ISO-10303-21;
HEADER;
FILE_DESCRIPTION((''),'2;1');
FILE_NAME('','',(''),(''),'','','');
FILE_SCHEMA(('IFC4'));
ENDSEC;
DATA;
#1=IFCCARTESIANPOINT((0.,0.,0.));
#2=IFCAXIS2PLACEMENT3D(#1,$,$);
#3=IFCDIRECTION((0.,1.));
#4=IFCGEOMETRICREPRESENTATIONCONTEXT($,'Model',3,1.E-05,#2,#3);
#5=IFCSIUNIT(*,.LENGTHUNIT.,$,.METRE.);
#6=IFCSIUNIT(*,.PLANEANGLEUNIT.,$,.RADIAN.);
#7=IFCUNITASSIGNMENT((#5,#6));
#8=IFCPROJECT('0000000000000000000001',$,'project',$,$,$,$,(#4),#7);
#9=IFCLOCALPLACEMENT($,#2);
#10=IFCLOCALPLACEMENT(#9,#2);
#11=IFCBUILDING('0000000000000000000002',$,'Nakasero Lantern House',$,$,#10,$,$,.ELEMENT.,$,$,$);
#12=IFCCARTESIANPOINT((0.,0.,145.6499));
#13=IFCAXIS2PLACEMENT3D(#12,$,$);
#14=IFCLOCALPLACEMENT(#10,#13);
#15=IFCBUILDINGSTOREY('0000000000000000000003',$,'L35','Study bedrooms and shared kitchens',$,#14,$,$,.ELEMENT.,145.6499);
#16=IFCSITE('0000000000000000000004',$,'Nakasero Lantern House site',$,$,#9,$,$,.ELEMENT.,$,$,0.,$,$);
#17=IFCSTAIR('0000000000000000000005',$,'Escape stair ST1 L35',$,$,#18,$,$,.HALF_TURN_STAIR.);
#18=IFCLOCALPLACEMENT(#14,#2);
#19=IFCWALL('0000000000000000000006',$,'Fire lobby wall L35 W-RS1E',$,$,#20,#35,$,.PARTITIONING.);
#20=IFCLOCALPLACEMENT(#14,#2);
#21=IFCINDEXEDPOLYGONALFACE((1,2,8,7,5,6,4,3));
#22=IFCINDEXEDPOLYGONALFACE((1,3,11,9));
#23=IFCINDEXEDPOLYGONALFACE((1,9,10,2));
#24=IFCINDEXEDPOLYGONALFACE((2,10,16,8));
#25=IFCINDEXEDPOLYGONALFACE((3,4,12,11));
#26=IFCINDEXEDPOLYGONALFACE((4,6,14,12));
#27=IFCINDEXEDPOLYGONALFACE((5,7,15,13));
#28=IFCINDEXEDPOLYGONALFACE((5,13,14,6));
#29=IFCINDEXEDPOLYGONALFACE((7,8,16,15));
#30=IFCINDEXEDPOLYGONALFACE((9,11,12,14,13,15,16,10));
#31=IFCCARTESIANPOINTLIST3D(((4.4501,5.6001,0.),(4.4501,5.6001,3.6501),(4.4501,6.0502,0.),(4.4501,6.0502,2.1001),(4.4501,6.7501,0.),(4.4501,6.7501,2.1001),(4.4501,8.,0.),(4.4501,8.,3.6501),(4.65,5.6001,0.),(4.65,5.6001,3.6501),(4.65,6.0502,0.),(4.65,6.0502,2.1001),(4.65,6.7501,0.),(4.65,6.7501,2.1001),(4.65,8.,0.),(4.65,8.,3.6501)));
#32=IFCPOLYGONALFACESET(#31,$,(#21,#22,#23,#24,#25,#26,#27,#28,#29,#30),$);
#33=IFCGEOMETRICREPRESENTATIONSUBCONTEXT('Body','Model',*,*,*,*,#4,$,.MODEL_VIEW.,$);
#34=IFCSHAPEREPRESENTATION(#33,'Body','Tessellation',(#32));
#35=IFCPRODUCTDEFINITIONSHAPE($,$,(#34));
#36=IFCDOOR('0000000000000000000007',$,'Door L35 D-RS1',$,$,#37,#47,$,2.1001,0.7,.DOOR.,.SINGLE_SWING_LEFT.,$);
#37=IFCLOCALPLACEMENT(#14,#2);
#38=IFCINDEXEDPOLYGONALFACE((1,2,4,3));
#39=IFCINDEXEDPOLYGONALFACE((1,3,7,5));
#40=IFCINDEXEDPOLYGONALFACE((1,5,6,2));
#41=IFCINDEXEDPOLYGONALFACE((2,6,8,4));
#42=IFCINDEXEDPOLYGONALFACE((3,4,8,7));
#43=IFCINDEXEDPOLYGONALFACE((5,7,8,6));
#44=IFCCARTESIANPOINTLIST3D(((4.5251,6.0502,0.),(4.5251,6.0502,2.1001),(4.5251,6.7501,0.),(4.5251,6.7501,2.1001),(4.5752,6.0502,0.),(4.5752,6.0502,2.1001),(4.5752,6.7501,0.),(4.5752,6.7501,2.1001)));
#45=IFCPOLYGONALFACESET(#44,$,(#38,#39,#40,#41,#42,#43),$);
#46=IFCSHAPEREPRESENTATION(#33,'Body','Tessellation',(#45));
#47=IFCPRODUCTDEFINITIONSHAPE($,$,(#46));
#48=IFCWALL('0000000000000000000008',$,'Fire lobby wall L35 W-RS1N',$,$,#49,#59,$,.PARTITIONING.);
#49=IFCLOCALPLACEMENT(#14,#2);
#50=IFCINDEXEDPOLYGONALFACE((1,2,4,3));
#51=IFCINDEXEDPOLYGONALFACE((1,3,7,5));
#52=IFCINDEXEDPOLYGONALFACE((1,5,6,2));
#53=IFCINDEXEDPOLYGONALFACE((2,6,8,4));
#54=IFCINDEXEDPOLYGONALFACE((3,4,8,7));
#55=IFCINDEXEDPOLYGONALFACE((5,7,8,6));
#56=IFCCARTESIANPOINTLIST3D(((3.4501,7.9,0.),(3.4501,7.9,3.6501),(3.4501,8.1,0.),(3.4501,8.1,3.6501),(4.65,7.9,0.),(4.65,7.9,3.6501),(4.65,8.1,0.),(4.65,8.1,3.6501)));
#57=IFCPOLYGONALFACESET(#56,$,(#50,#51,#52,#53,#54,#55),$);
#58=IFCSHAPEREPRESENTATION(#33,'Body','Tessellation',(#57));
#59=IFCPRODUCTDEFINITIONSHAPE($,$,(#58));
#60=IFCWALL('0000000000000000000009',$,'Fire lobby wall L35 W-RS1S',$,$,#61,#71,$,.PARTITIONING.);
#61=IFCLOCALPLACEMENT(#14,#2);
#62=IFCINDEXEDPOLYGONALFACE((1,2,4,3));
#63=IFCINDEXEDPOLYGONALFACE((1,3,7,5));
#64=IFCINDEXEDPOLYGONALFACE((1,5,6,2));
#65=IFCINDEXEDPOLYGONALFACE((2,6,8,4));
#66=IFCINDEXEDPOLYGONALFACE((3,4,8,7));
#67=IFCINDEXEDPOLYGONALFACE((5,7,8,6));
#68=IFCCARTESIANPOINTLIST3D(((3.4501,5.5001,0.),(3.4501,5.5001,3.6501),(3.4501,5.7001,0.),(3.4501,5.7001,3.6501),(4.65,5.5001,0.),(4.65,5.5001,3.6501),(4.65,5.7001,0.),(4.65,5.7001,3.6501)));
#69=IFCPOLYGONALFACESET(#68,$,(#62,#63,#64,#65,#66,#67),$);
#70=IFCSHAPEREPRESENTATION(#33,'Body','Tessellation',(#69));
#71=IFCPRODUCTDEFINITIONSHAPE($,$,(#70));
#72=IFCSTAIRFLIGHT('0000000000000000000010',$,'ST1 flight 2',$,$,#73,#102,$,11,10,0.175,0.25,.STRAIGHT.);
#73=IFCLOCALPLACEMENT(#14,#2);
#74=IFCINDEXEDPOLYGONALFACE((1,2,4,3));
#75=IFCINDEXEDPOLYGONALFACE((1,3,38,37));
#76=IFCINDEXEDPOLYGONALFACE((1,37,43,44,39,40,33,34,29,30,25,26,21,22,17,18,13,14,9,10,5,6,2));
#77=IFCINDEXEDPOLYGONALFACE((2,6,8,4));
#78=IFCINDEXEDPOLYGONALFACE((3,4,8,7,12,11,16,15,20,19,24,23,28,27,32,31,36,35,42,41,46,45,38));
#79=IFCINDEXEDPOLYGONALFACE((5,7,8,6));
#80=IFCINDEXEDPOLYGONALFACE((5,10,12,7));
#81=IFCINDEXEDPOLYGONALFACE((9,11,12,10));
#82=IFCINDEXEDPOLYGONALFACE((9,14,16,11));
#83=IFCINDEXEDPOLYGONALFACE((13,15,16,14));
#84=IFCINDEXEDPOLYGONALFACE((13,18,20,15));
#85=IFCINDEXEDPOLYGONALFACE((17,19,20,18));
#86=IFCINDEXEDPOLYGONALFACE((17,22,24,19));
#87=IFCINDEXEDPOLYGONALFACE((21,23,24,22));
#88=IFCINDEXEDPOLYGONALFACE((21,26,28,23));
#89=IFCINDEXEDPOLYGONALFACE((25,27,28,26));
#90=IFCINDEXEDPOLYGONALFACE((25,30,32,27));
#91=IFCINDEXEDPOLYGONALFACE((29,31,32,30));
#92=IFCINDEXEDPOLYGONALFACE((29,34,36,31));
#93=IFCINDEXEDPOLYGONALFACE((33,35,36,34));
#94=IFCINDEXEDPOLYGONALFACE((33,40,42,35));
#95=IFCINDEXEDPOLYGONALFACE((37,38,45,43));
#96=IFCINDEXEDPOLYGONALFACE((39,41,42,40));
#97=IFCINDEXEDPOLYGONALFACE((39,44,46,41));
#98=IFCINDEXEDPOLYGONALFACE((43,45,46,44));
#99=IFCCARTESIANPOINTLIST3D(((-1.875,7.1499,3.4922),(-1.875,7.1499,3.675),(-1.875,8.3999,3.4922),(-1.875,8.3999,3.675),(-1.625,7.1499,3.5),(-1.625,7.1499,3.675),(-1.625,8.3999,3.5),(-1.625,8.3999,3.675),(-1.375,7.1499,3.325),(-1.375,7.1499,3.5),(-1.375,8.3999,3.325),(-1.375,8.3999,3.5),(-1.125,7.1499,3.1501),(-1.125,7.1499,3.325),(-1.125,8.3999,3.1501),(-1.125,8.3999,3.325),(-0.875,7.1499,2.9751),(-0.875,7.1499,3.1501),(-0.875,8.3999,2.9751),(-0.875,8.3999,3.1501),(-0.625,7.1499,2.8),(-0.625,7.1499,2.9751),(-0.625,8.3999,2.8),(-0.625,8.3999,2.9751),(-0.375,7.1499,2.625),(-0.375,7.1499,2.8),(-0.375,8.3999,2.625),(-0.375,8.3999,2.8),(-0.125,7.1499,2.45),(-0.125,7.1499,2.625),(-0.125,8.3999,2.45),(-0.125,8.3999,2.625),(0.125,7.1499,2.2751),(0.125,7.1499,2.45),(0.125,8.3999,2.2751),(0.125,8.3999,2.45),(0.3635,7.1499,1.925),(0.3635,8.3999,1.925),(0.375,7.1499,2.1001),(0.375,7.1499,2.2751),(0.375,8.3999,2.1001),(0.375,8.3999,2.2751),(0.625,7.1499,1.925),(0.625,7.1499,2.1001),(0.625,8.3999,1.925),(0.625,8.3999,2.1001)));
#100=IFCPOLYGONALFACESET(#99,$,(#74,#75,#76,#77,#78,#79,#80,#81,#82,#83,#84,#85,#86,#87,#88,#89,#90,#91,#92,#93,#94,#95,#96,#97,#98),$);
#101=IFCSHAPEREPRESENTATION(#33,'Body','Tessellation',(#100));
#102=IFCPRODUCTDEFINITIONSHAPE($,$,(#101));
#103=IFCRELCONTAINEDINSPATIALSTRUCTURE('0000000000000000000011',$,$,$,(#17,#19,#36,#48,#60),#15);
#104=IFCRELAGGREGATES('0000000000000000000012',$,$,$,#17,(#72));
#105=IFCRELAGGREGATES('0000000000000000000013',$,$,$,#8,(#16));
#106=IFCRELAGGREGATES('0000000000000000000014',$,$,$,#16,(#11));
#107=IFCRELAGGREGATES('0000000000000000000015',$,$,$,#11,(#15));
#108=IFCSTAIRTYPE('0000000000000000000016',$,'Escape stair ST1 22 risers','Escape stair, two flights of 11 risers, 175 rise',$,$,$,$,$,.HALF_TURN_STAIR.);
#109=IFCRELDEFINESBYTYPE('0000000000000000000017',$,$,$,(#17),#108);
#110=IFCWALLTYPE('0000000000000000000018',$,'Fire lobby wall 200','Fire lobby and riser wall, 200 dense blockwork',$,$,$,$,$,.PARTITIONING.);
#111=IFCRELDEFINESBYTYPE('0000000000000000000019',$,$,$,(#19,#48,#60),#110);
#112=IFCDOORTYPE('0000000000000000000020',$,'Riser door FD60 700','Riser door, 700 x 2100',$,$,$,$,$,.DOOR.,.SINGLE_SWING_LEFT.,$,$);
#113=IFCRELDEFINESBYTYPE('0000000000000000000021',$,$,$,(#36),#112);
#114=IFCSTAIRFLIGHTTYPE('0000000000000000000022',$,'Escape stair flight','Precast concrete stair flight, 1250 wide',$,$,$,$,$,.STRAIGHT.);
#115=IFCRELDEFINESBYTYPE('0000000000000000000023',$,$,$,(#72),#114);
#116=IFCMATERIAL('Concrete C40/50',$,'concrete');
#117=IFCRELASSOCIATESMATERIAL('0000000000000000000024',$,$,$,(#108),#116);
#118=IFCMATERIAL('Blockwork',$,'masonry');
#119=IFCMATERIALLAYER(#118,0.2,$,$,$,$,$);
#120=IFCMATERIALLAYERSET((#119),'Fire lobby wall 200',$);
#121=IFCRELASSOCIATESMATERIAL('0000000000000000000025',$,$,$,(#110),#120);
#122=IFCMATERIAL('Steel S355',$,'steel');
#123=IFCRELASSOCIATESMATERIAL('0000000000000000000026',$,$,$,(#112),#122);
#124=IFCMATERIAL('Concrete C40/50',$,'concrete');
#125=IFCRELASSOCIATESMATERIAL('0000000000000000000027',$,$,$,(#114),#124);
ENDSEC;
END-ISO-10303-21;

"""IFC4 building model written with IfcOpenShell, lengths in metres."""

from ifc_helpers import new_model, si_unit, direction, frame, frame_2d, origin, place, context, subcontext, project, spatial, polyline, rectangle, outline, extrude, material, layer, layer_set, type_object, element, fill, aggregate, save


model = new_model("IFC4")

# Units and contexts
model_context = context("Model", 3, precision=1e-05, world=origin(), true_north=direction((0.0, 1.0)))
body_context = subcontext(model_context, "Body", "Model", "MODEL_VIEW")
ifc_project = project(units=[si_unit("LENGTHUNIT", "METRE"), si_unit("PLANEANGLEUNIT", "RADIAN")], contexts=[model_context])

# Site, building, storey
site_placement = place(None, origin())
site = spatial("IfcSite", under=ifc_project, at=site_placement, Name="Nakasero Lantern House site", CompositionType="ELEMENT", RefElevation=0.0)
building_placement = place(site_placement, origin())
building = spatial("IfcBuilding", under=site, at=building_placement, Name="Nakasero Lantern House", CompositionType="ELEMENT")
storey_placement = place(building_placement, frame((0.0, 0.0, 145.6499)))
storey = spatial("IfcBuildingStorey", under=building, at=storey_placement, Name="L35", Description="Study bedrooms and shared kitchens", CompositionType="ELEMENT", Elevation=145.6499)

# Stair
ifc_material_1 = material(Name="Concrete C40/50", Category="concrete")
stair_type_1 = type_object("IfcStairType", Name="Escape stair ST1 22 risers", Description="Escape stair, two flights of 11 risers, 175 rise", PredefinedType="HALF_TURN_STAIR", material=ifc_material_1)
stair_1_placement = place(storey_placement, origin())
stair_1 = element("IfcStair", 1, at=stair_1_placement, inside=storey, type_object=stair_type_1, Name="Escape stair ST1 L35", PredefinedType="HALF_TURN_STAIR")

# Wall, opening, door
ifc_material_2 = material(Name="Blockwork", Category="masonry")
ifc_layer_1 = layer(ifc_material_2, 0.2)
ifc_layer_set_1 = layer_set([ifc_layer_1], Name="Fire lobby wall 200")
wall_type_1 = type_object("IfcWallType", Name="Fire lobby wall 200", Description="Fire lobby and riser wall, 200 dense blockwork", PredefinedType="PARTITIONING", material=ifc_layer_set_1)
wall_1_placement = place(storey_placement, frame((4.55, 5.6001, 0.0), z_axis=(0.0, 0.0, 1.0), x_axis=(0.0, 1.0, 0.0)))
wall_1 = element("IfcWall", 2, at=wall_1_placement, inside=storey, type_object=wall_type_1, Name="Fire lobby wall L35 W-RS1E", PredefinedType="PARTITIONING", context=body_context, shape_type="SweptSolid", body=[
    extrude(rectangle(XDim=2.3999, YDim=0.2, at=frame_2d((1.2, 0.0))), origin(), (0.0, 0.0, 1.0), 3.6501),
])
opening_1_placement = place(wall_1_placement, frame((0.45, 0.0, 0.0)))
opening_1 = element("IfcOpeningElement", 3, at=opening_1_placement, cuts=wall_1, PredefinedType="OPENING", context=body_context, shape_type="SweptSolid", body=[
    extrude(rectangle(XDim=0.7, YDim=2.1001, at=frame_2d((0.3501, 1.05))), frame((0.0, 0.1199, 0.0), z_axis=(0.0, -1.0, 0.0), x_axis=(1.0, 0.0, 0.0)), (0.0, 0.0, 1.0), 0.24),
])
ifc_material_3 = material(Name="Steel S355", Category="steel")
door_type_1 = type_object("IfcDoorType", Name="Riser door FD60 700", Description="Riser door, 700 x 2100", OperationType="SINGLE_SWING_LEFT", PredefinedType="DOOR", material=ifc_material_3)
door_1_placement = place(opening_1_placement, origin())
door_1 = element("IfcDoor", 4, at=door_1_placement, inside=storey, type_object=door_type_1, Name="Door L35 D-RS1", OperationType="SINGLE_SWING_LEFT", OverallHeight=2.1001, OverallWidth=0.7, PredefinedType="DOOR", context=body_context, shape_type="SweptSolid", body=[
    extrude(rectangle(XDim=0.7, YDim=2.1001, at=frame_2d((0.3501, 1.05))), frame((0.0, 0.0249, 0.0), z_axis=(0.0, -1.0, 0.0), x_axis=(1.0, 0.0, 0.0)), (0.0, 0.0, 1.0), 0.05),
])
fill(opening_1, door_1)

# Walls
for number, where, z_axis, x_axis, name in (
    (5, (3.45, 8.0, 0.0), (0.0, 0.0, 1.0), (1.0, 0.0, 0.0), "Fire lobby wall L35 W-RS1N"),
    (6, (3.45, 5.6001, 0.0), (0.0, 0.0, 1.0), (1.0, 0.0, 0.0), "Fire lobby wall L35 W-RS1S"),
):
    element("IfcWall", number, at=place(storey_placement, frame(where, z_axis=z_axis, x_axis=x_axis)), inside=storey, type_object=wall_type_1, Name=name, PredefinedType="PARTITIONING", context=body_context, shape_type="SweptSolid", body=[
        extrude(rectangle(XDim=1.2, YDim=0.2, at=frame_2d((0.6001, 0.0))), origin(), (0.0, 0.0, 1.0), 3.6501),
    ])

# Stair flight
ifc_material_4 = material(Name="Concrete C40/50", Category="concrete")
stair_flight_type = type_object("IfcStairFlightType", Name="Escape stair flight", Description="Precast concrete stair flight, 1250 wide", PredefinedType="STRAIGHT", material=ifc_material_4)
stair_flight_placement = place(storey_placement, frame((0.625, 7.7749, 1.925), z_axis=(0.0, 0.0, 1.0), x_axis=(-1.0, 0.0, 0.0)))
stair_flight = element("IfcStairFlight", 7, at=stair_flight_placement, type_object=stair_flight_type, Name="ST1 flight 2", NumberOfRisers=11, NumberOfTreads=10, PredefinedType="STRAIGHT", RiserHeight=0.175, TreadLength=0.25, context=body_context, shape_type="SweptSolid", body=[
    extrude(outline(polyline([(0.0, 0.0), (0.0, 0.175), (0.25, 0.175), (0.25, 0.3501), (0.5, 0.3501), (0.5, 0.5249), (0.75, 0.5249), (0.75, 0.7), (1.0, 0.7), (1.0, 0.875), (1.25, 0.875), (1.25, 1.05), (1.5, 1.05), (1.5, 1.2251), (1.75, 1.2251), (1.75, 1.3999), (2.0, 1.3999), (2.0, 1.575), (2.25, 1.575), (2.25, 1.75), (2.5, 1.75), (2.5, 1.925), (2.5, 1.5671), (0.2615, 0.0), (0.0, 0.0)])), frame((0.0, 0.625, 0.0), z_axis=(0.0, -1.0, 0.0), x_axis=(1.0, 0.0, 0.0)), (0.0, 0.0, 1.0), 1.25),
])
aggregate(stair_1, [stair_flight])

save(model, "model.ifc")
